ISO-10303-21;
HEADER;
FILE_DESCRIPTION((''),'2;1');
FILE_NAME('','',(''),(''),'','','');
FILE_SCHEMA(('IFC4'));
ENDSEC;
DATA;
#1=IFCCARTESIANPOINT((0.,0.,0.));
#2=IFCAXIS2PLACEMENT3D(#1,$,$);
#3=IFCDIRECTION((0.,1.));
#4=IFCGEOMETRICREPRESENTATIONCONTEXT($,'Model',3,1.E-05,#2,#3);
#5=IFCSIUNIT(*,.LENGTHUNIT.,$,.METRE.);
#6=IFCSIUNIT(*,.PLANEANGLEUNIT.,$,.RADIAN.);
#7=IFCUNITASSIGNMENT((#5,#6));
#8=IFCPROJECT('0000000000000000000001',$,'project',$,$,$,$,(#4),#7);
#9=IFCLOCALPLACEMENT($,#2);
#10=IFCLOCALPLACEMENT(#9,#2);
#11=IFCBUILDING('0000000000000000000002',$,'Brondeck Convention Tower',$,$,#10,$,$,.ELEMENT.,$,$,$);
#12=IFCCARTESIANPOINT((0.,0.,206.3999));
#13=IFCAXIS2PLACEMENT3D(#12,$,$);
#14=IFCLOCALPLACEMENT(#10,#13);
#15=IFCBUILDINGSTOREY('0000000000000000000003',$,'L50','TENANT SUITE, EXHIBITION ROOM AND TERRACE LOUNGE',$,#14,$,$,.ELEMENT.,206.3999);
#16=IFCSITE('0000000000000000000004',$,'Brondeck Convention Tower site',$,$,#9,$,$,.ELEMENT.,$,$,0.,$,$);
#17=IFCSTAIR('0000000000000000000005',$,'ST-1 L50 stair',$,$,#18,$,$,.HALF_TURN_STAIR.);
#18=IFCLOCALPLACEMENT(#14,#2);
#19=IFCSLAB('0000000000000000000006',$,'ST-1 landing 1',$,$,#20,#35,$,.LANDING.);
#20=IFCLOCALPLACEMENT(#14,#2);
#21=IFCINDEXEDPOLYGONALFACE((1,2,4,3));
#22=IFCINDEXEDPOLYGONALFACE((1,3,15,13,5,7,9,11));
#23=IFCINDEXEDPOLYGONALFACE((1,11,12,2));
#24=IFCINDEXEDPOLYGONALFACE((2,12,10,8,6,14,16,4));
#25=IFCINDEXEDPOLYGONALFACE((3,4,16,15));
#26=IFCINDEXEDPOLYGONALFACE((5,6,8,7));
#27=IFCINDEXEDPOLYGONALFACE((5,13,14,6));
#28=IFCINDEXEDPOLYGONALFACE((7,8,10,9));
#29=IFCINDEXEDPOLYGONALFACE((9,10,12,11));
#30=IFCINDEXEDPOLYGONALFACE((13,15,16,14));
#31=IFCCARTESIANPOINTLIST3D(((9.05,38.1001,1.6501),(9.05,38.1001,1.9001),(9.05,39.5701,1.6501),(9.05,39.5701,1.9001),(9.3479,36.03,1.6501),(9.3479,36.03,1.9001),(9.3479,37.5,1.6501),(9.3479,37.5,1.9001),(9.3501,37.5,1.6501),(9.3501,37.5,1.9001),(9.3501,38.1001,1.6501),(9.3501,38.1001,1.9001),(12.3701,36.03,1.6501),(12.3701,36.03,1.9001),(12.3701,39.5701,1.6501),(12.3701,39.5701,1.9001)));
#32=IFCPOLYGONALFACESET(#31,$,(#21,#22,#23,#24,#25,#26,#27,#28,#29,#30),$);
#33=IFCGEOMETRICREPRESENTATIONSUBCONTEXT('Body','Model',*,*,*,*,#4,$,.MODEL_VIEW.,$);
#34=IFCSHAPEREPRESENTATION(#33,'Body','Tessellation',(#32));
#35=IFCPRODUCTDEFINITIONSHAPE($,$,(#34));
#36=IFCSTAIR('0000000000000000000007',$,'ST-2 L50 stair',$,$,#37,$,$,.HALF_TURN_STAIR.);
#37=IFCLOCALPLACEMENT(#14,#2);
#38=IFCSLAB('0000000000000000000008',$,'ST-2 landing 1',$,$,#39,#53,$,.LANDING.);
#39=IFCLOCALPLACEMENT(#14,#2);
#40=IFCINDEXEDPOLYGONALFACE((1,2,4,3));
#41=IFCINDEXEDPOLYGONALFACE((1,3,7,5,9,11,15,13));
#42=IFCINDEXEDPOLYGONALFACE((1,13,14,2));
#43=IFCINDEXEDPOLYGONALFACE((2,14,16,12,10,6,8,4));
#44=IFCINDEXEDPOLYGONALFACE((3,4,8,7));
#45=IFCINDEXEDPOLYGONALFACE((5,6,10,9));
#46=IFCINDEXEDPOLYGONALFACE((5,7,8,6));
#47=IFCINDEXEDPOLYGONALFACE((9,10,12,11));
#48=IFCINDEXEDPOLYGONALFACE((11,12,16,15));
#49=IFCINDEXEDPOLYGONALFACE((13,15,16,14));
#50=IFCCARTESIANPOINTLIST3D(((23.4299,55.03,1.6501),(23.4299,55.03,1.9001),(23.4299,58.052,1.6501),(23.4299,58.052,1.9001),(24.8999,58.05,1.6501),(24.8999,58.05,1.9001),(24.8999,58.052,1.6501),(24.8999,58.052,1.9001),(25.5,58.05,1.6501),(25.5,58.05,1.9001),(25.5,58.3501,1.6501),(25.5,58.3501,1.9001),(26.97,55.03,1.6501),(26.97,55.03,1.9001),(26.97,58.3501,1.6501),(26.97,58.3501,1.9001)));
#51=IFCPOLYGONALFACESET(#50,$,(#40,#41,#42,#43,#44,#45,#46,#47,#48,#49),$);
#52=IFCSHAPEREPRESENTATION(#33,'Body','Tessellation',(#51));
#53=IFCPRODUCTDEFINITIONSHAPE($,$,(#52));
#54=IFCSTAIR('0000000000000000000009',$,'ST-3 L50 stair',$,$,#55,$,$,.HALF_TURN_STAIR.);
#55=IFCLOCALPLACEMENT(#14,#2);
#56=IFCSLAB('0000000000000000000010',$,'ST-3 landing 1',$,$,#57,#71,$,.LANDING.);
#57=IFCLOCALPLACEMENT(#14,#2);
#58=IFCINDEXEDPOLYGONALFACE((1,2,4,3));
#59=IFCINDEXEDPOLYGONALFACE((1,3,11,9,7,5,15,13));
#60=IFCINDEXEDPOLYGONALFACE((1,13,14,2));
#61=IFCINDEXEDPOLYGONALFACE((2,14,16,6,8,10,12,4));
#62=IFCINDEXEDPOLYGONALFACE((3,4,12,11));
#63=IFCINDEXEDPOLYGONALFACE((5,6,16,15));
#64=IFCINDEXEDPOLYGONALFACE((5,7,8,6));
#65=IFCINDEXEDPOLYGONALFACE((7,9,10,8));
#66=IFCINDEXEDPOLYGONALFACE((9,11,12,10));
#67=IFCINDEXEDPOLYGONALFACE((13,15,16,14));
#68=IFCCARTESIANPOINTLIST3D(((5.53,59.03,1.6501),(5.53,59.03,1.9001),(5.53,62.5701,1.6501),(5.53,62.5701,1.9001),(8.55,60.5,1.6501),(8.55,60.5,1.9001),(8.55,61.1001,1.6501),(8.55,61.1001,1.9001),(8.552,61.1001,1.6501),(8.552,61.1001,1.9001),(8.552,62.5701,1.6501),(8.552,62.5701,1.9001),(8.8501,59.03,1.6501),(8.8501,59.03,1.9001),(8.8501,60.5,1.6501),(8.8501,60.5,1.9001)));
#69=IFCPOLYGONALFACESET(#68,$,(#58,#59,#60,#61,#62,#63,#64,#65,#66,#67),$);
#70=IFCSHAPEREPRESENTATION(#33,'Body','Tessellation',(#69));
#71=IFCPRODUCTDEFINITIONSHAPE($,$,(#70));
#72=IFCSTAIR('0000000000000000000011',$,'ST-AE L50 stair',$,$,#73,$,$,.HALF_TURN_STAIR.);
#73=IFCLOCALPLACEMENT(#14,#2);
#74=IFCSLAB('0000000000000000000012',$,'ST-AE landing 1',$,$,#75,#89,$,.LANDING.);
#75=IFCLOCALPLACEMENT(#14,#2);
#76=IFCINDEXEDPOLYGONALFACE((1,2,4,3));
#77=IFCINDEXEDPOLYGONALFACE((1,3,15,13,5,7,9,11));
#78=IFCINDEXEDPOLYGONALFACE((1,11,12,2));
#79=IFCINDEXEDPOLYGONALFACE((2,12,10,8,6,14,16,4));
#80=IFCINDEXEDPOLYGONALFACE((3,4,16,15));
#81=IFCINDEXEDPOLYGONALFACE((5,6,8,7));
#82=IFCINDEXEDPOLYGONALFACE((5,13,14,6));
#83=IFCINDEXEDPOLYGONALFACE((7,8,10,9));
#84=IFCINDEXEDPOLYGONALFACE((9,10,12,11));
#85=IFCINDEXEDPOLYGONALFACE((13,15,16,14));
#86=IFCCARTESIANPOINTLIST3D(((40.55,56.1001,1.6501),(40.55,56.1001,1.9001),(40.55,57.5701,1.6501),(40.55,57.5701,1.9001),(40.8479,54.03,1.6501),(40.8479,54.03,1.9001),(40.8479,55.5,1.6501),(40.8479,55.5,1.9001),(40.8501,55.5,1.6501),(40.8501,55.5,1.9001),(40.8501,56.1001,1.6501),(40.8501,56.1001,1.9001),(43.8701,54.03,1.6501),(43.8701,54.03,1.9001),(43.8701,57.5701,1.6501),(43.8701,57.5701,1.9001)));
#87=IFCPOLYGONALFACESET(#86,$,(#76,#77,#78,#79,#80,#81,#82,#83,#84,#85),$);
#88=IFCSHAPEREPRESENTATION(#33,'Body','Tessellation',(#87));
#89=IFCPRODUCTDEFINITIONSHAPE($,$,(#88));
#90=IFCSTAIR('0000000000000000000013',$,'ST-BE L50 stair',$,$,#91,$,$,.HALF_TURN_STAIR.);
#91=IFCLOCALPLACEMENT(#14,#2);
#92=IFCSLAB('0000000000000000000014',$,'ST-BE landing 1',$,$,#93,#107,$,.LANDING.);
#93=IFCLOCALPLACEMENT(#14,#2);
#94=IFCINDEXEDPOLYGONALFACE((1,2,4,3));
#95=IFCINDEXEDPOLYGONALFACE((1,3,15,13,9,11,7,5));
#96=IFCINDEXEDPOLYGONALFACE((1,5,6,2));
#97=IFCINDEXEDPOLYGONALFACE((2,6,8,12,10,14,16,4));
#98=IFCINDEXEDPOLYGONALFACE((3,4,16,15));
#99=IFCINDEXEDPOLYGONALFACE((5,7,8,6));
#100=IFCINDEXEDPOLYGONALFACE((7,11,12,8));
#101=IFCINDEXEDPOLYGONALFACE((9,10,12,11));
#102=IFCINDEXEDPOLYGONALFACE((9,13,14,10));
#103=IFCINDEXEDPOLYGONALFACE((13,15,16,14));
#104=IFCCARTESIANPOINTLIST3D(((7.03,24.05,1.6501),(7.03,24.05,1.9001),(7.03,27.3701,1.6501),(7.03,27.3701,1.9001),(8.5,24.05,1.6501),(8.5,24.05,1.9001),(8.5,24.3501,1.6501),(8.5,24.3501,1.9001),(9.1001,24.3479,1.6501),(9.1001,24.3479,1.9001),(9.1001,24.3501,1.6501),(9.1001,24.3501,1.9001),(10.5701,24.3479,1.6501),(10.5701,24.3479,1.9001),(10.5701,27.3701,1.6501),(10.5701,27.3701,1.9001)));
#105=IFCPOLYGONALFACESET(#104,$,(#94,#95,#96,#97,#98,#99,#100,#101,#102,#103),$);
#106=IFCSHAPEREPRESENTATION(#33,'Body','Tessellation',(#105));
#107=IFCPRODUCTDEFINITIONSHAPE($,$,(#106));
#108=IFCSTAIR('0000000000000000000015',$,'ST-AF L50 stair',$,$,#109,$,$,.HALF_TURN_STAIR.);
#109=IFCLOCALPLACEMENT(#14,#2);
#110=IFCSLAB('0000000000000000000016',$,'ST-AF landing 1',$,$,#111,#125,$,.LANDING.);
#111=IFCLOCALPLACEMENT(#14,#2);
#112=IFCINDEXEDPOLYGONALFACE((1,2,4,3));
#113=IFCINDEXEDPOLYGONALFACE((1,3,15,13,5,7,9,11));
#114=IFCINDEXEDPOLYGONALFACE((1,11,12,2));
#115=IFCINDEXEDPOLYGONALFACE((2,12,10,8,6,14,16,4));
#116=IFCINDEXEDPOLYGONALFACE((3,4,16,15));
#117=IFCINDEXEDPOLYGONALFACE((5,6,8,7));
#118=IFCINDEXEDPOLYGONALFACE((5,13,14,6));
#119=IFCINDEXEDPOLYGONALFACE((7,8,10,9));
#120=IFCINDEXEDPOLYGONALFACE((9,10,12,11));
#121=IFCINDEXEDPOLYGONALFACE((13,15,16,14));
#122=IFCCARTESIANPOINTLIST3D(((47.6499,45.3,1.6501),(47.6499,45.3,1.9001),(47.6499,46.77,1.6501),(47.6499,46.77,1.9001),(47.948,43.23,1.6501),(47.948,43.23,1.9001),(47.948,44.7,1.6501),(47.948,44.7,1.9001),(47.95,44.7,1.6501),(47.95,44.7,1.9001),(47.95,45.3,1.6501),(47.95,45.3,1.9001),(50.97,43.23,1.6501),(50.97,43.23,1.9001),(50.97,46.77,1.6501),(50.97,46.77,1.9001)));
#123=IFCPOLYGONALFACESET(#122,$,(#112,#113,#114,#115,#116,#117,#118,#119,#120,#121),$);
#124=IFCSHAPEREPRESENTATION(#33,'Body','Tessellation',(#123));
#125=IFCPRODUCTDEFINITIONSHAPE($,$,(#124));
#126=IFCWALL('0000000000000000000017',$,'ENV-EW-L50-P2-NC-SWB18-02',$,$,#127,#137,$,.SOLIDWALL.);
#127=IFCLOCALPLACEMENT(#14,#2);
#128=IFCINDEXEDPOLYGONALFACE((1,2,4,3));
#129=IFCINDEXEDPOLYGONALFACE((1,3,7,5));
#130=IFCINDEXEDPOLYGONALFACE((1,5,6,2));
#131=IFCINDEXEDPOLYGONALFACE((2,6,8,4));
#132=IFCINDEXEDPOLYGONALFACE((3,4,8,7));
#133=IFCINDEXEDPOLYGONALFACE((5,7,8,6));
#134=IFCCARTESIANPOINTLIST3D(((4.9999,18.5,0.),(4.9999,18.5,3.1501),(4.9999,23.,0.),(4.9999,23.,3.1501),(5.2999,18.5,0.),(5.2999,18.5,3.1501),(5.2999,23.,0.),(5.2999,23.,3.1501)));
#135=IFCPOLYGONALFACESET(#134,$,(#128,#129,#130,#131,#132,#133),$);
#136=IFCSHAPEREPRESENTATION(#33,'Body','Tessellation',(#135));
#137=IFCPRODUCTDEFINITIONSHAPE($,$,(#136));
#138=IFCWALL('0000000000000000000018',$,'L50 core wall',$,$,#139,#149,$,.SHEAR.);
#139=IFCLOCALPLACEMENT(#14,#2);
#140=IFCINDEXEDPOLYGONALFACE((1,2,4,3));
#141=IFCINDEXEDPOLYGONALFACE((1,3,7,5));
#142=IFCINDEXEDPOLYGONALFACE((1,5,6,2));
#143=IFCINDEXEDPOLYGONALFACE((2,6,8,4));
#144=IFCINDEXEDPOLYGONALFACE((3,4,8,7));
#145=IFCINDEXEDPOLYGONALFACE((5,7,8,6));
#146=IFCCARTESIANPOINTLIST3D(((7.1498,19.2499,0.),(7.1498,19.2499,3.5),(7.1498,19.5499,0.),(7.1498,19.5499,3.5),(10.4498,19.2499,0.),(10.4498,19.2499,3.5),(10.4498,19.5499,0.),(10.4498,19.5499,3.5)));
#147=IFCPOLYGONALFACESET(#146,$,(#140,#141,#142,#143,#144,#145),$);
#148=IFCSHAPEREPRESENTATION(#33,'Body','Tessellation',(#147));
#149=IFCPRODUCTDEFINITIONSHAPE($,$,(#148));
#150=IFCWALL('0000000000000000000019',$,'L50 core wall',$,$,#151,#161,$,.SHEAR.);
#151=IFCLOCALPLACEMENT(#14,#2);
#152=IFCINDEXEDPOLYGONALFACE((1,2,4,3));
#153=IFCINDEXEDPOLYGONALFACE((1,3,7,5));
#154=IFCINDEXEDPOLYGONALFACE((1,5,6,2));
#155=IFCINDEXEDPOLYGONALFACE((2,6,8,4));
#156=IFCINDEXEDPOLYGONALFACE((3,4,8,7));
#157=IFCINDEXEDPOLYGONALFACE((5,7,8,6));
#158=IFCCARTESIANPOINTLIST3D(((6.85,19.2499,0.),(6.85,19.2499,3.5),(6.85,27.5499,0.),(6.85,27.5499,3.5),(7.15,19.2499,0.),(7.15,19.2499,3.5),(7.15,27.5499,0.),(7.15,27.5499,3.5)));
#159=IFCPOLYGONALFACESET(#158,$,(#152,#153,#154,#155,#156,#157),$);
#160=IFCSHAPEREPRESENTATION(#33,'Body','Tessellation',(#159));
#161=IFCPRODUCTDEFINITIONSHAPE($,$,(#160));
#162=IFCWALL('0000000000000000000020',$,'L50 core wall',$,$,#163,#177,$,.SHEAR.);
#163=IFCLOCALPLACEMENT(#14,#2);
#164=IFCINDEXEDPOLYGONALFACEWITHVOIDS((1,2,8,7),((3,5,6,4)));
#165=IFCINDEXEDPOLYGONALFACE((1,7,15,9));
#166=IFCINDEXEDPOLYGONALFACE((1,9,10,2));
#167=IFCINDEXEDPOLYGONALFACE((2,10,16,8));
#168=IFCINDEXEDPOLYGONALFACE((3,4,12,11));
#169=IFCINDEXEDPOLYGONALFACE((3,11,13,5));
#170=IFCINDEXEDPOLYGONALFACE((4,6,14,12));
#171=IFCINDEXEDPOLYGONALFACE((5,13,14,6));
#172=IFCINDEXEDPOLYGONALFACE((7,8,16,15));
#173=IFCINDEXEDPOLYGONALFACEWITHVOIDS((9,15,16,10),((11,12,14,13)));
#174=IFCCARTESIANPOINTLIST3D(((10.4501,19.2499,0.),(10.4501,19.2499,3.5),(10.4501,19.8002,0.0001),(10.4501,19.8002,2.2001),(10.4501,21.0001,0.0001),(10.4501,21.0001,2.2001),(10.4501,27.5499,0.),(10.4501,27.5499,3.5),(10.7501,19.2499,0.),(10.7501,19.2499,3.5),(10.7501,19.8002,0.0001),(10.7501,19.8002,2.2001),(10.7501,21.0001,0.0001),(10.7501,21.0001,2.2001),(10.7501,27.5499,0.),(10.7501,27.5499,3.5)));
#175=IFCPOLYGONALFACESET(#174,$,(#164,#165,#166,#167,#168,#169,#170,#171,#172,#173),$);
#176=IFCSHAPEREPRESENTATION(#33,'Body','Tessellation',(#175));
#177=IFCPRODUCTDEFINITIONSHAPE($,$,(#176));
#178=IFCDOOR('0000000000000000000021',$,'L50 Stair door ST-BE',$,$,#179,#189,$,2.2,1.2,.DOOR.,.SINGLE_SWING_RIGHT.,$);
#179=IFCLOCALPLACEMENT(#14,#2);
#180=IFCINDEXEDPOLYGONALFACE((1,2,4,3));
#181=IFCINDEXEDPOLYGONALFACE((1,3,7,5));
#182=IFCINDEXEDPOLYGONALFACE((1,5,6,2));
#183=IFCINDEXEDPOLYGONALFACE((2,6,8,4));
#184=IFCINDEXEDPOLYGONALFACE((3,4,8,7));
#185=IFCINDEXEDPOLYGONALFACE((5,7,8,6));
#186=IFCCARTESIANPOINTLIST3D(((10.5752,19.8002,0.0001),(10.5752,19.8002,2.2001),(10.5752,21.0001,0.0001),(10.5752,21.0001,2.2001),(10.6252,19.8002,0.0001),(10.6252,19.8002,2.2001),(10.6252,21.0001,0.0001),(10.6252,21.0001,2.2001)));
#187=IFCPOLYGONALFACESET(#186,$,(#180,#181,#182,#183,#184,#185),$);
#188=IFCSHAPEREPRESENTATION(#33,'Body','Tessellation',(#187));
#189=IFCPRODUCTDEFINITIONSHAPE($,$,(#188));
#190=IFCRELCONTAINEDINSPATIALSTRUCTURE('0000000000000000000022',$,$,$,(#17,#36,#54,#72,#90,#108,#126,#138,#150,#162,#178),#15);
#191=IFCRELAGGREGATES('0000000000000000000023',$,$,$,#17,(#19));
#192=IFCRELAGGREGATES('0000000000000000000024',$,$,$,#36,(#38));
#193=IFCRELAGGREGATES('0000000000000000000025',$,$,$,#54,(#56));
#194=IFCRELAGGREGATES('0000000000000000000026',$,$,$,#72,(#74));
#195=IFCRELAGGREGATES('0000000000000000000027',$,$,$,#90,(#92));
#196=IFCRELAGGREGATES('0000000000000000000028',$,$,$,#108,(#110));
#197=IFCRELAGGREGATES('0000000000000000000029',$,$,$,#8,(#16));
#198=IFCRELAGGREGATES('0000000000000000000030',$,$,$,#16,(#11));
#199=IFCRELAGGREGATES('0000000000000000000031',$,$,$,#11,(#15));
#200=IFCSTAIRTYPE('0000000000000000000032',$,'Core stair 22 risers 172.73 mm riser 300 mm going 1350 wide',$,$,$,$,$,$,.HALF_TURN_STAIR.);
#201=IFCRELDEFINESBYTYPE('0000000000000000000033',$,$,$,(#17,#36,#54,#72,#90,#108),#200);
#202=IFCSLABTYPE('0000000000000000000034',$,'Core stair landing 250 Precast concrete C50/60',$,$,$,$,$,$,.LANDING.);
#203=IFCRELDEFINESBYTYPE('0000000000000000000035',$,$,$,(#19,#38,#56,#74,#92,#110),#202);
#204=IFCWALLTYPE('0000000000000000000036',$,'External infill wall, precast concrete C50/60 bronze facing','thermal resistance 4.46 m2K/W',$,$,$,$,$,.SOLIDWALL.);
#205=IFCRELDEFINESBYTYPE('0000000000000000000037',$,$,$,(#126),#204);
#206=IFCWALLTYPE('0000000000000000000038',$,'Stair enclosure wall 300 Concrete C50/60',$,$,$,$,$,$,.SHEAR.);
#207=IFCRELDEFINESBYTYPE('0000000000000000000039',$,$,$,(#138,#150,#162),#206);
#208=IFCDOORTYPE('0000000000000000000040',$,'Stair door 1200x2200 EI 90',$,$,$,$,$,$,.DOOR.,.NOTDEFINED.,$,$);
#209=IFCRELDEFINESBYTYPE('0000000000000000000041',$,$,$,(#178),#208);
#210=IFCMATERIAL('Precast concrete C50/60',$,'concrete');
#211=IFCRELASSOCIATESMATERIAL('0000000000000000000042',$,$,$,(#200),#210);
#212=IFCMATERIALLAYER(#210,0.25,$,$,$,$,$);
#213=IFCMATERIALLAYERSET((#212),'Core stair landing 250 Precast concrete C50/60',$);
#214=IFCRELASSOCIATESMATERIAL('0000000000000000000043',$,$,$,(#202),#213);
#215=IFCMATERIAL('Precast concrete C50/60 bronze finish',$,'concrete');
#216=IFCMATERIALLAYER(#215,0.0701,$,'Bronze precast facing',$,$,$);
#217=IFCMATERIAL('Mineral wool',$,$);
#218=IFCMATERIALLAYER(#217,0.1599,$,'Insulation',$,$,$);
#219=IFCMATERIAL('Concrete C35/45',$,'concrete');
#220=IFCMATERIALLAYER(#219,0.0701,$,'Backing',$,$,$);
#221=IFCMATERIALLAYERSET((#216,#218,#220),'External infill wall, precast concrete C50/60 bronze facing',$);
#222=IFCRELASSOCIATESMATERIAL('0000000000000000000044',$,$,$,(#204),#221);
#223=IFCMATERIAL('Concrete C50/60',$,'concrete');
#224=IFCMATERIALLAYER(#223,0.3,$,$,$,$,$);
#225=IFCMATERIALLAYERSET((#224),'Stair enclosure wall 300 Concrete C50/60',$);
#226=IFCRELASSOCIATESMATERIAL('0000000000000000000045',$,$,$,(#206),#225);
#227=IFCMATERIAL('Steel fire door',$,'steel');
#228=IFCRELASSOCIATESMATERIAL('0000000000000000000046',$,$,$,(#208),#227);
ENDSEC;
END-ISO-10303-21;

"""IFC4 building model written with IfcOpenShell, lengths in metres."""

from ifc_helpers import new_model, si_unit, direction, frame, frame_2d, origin, place, context, subcontext, project, spatial, polyline, rectangle, outline, extrude, material, layer, layer_set, type_object, element, fill, aggregate, save


model = new_model("IFC4")

# Units and contexts
model_context = context("Model", 3, precision=1e-05, world=origin(), true_north=direction((0.0, 1.0)))
body_context = subcontext(model_context, "Body", "Model", "MODEL_VIEW")
ifc_project = project(units=[si_unit("LENGTHUNIT", "METRE"), si_unit("PLANEANGLEUNIT", "RADIAN")], contexts=[model_context])

# Site, building, storey
site_placement = place(None, origin())
site = spatial("IfcSite", under=ifc_project, at=site_placement, Name="Brondeck Convention Tower site", CompositionType="ELEMENT", RefElevation=0.0)
building_placement = place(site_placement, origin())
building = spatial("IfcBuilding", under=site, at=building_placement, Name="Brondeck Convention Tower", CompositionType="ELEMENT")
storey_placement = place(building_placement, frame((0.0, 0.0, 206.3999)))
storey = spatial("IfcBuildingStorey", under=building, at=storey_placement, Name="L50", Description="TENANT SUITE, EXHIBITION ROOM AND TERRACE LOUNGE", CompositionType="ELEMENT", Elevation=206.3999)

# Shared definitions
ifc_material_1 = material(Name="Concrete C50/60", Category="concrete")

# Shared definitions
ifc_material_2 = material(Name="Concrete C35/45", Category="concrete")

# Stairs, slabs
ifc_material_3 = material(Name="Precast concrete C50/60", Category="concrete")
stair_type = type_object("IfcStairType", Name="Core stair 22 risers 172.73 mm riser 300 mm going 1350 wide", PredefinedType="HALF_TURN_STAIR", material=ifc_material_3)
stair_1_placement = place(storey_placement, origin())
stair_1 = element("IfcStair", 1, at=stair_1_placement, inside=storey, type_object=stair_type, Name="ST-1 L50 stair", PredefinedType="HALF_TURN_STAIR")
ifc_layer_1 = layer(ifc_material_3, 0.25)
ifc_layer_set_1 = layer_set([ifc_layer_1], Name="Core stair landing 250 Precast concrete C50/60")
slab_type_1 = type_object("IfcSlabType", Name="Core stair landing 250 Precast concrete C50/60", PredefinedType="LANDING", material=ifc_layer_set_1)
slab_1_placement = place(storey_placement, frame((0.0, 0.0, 1.6501)))
slab_1 = element("IfcSlab", 2, at=slab_1_placement, type_object=slab_type_1, Name="ST-1 landing 1", PredefinedType="LANDING", context=body_context, shape_type="SweptSolid", body=[
    extrude(outline(polyline([(9.3479, 37.5), (9.3501, 37.5), (9.3501, 38.1001), (9.05, 38.1001), (9.05, 39.5701), (12.3701, 39.5701), (12.3701, 36.03), (9.3479, 36.03), (9.3479, 37.5)])), origin(), (0.0, 0.0, 1.0), 0.25),
])
aggregate(stair_1, [slab_1])
stair_2_placement = place(storey_placement, origin())
stair_2 = element("IfcStair", 3, at=stair_2_placement, inside=storey, type_object=stair_type, Name="ST-2 L50 stair", PredefinedType="HALF_TURN_STAIR")
slab_2_placement = place(storey_placement, frame((0.0, 0.0, 1.6501)))
slab_2 = element("IfcSlab", 4, at=slab_2_placement, type_object=slab_type_1, Name="ST-2 landing 1", PredefinedType="LANDING", context=body_context, shape_type="SweptSolid", body=[
    extrude(outline(polyline([(23.4299, 58.052), (24.8999, 58.052), (24.8999, 58.05), (25.5, 58.05), (25.5, 58.3501), (26.97, 58.3501), (26.97, 55.03), (23.4299, 55.03), (23.4299, 58.052)])), origin(), (0.0, 0.0, 1.0), 0.25),
])
aggregate(stair_2, [slab_2])
stair_3_placement = place(storey_placement, origin())
stair_3 = element("IfcStair", 5, at=stair_3_placement, inside=storey, type_object=stair_type, Name="ST-3 L50 stair", PredefinedType="HALF_TURN_STAIR")
slab_3_placement = place(storey_placement, frame((0.0, 0.0, 1.6501)))
slab_3 = element("IfcSlab", 6, at=slab_3_placement, type_object=slab_type_1, Name="ST-3 landing 1", PredefinedType="LANDING", context=body_context, shape_type="SweptSolid", body=[
    extrude(outline(polyline([(8.8501, 60.5), (8.8501, 59.03), (5.53, 59.03), (5.53, 62.5701), (8.552, 62.5701), (8.552, 61.1001), (8.55, 61.1001), (8.55, 60.5), (8.8501, 60.5)])), origin(), (0.0, 0.0, 1.0), 0.25),
])
aggregate(stair_3, [slab_3])
stair_4_placement = place(storey_placement, origin())
stair_4 = element("IfcStair", 7, at=stair_4_placement, inside=storey, type_object=stair_type, Name="ST-AE L50 stair", PredefinedType="HALF_TURN_STAIR")
slab_4_placement = place(storey_placement, frame((0.0, 0.0, 1.6501)))
slab_4 = element("IfcSlab", 8, at=slab_4_placement, type_object=slab_type_1, Name="ST-AE landing 1", PredefinedType="LANDING", context=body_context, shape_type="SweptSolid", body=[
    extrude(outline(polyline([(40.8479, 55.5), (40.8501, 55.5), (40.8501, 56.1001), (40.55, 56.1001), (40.55, 57.5701), (43.8701, 57.5701), (43.8701, 54.03), (40.8479, 54.03), (40.8479, 55.5)])), origin(), (0.0, 0.0, 1.0), 0.25),
])
aggregate(stair_4, [slab_4])
stair_5_placement = place(storey_placement, origin())
stair_5 = element("IfcStair", 9, at=stair_5_placement, inside=storey, type_object=stair_type, Name="ST-BE L50 stair", PredefinedType="HALF_TURN_STAIR")
slab_5_placement = place(storey_placement, frame((0.0, 0.0, 1.6501)))
slab_5 = element("IfcSlab", 10, at=slab_5_placement, type_object=slab_type_1, Name="ST-BE landing 1", PredefinedType="LANDING", context=body_context, shape_type="SweptSolid", body=[
    extrude(outline(polyline([(7.03, 24.05), (7.03, 27.3701), (10.5701, 27.3701), (10.5701, 24.3479), (9.1001, 24.3479), (9.1001, 24.3501), (8.5, 24.3501), (8.5, 24.05), (7.03, 24.05)])), origin(), (0.0, 0.0, 1.0), 0.25),
])
aggregate(stair_5, [slab_5])
stair_6_placement = place(storey_placement, origin())
stair_6 = element("IfcStair", 11, at=stair_6_placement, inside=storey, type_object=stair_type, Name="ST-AF L50 stair", PredefinedType="HALF_TURN_STAIR")
slab_6_placement = place(storey_placement, frame((0.0, 0.0, 1.6501)))
slab_6 = element("IfcSlab", 12, at=slab_6_placement, type_object=slab_type_1, Name="ST-AF landing 1", PredefinedType="LANDING", context=body_context, shape_type="SweptSolid", body=[
    extrude(outline(polyline([(47.948, 44.7), (47.95, 44.7), (47.95, 45.3), (47.6499, 45.3), (47.6499, 46.77), (50.97, 46.77), (50.97, 43.23), (47.948, 43.23), (47.948, 44.7)])), origin(), (0.0, 0.0, 1.0), 0.25),
])
aggregate(stair_6, [slab_6])

# Walls
ifc_material_4 = material(Name="Precast concrete C50/60 bronze finish", Category="concrete")
ifc_layer_2 = layer(ifc_material_4, 0.0701, Name="Bronze precast facing")
ifc_material_5 = material(Name="Mineral wool")
ifc_layer_3 = layer(ifc_material_5, 0.1599, Name="Insulation")
ifc_layer_4 = layer(ifc_material_2, 0.0701, Name="Backing")
ifc_layer_set_2 = layer_set([ifc_layer_2, ifc_layer_3, ifc_layer_4], Name="External infill wall, precast concrete C50/60 bronze facing")
wall_type_1 = type_object("IfcWallType", Name="External infill wall, precast concrete C50/60 bronze facing", Description="thermal resistance 4.46 m2K/W", PredefinedType="SOLIDWALL", material=ifc_layer_set_2)
wall_1_placement = place(storey_placement, frame((5.1499, 18.5, 0.0), z_axis=(0.0, 0.0, 1.0), x_axis=(0.0, 1.0, 0.0)))
element("IfcWall", 13, at=wall_1_placement, inside=storey, type_object=wall_type_1, Name="ENV-EW-L50-P2-NC-SWB18-02", PredefinedType="SOLIDWALL", context=body_context, shape_type="SweptSolid", body=[
    extrude(rectangle(XDim=4.5, YDim=0.3, at=frame_2d((2.25, 0.0))), origin(), (0.0, 0.0, 1.0), 3.1501),
])
ifc_layer_5 = layer(ifc_material_1, 0.3)
ifc_layer_set_3 = layer_set([ifc_layer_5], Name="Stair enclosure wall 300 Concrete C50/60")
wall_type_2 = type_object("IfcWallType", Name="Stair enclosure wall 300 Concrete C50/60", PredefinedType="SHEAR", material=ifc_layer_set_3)
wall_2_placement = place(storey_placement, frame((7.1499, 19.3999, 0.0), z_axis=(0.0, 0.0, 1.0), x_axis=(1.0, 0.0, 0.0)))
element("IfcWall", 14, at=wall_2_placement, inside=storey, type_object=wall_type_2, Name="L50 core wall", PredefinedType="SHEAR", context=body_context, shape_type="SweptSolid", body=[
    extrude(rectangle(XDim=3.3, YDim=0.3, at=frame_2d((1.6499, 0.0))), origin(), (0.0, 0.0, 1.0), 3.5),
])
wall_3_placement = place(storey_placement, frame((7.0, 19.25, 0.0), z_axis=(0.0, 0.0, 1.0), x_axis=(0.0, 1.0, 0.0)))
element("IfcWall", 15, at=wall_3_placement, inside=storey, type_object=wall_type_2, Name="L50 core wall", PredefinedType="SHEAR", context=body_context, shape_type="SweptSolid", body=[
    extrude(rectangle(XDim=8.3, YDim=0.3, at=frame_2d((4.1499, 0.0))), origin(), (0.0, 0.0, 1.0), 3.5),
])

# Wall, opening, door
wall_4_placement = place(storey_placement, frame((10.6001, 19.25, 0.0), z_axis=(0.0, 0.0, 1.0), x_axis=(0.0, 1.0, 0.0)))
wall_4 = element("IfcWall", 16, at=wall_4_placement, inside=storey, type_object=wall_type_2, Name="L50 core wall", PredefinedType="SHEAR", context=body_context, shape_type="SweptSolid", body=[
    extrude(rectangle(XDim=8.3, YDim=0.3, at=frame_2d((4.1499, 0.0))), origin(), (0.0, 0.0, 1.0), 3.5),
])
opening_placement = place(wall_4_placement, frame((0.55, 0.0, 0.0)))
opening = element("IfcOpeningElement", 17, at=opening_placement, cuts=wall_4, PredefinedType="OPENING", context=body_context, shape_type="SweptSolid", body=[
    extrude(rectangle(XDim=1.2, YDim=2.2, at=frame_2d((0.6001, 1.1001))), frame((0.0, 0.1599, 0.0), z_axis=(0.0, -1.0, 0.0), x_axis=(1.0, 0.0, 0.0)), (0.0, 0.0, 1.0), 0.3201),
])
ifc_material_6 = material(Name="Steel fire door", Category="steel")
door_type = type_object("IfcDoorType", Name="Stair door 1200x2200 EI 90", OperationType="NOTDEFINED", PredefinedType="DOOR", material=ifc_material_6)
door_placement = place(opening_placement, origin())
door = element("IfcDoor", 18, at=door_placement, inside=storey, type_object=door_type, Name="L50 Stair door ST-BE", OperationType="SINGLE_SWING_RIGHT", OverallHeight=2.2, OverallWidth=1.2, PredefinedType="DOOR", context=body_context, shape_type="SweptSolid", body=[
    extrude(rectangle(XDim=1.2, YDim=2.2, at=frame_2d((0.6001, 1.1001))), frame((0.0, 0.0249, 0.0), z_axis=(0.0, -1.0, 0.0), x_axis=(1.0, 0.0, 0.0)), (0.0, 0.0, 1.0), 0.05),
])
fill(opening, door)

save(model, "model.ifc")
